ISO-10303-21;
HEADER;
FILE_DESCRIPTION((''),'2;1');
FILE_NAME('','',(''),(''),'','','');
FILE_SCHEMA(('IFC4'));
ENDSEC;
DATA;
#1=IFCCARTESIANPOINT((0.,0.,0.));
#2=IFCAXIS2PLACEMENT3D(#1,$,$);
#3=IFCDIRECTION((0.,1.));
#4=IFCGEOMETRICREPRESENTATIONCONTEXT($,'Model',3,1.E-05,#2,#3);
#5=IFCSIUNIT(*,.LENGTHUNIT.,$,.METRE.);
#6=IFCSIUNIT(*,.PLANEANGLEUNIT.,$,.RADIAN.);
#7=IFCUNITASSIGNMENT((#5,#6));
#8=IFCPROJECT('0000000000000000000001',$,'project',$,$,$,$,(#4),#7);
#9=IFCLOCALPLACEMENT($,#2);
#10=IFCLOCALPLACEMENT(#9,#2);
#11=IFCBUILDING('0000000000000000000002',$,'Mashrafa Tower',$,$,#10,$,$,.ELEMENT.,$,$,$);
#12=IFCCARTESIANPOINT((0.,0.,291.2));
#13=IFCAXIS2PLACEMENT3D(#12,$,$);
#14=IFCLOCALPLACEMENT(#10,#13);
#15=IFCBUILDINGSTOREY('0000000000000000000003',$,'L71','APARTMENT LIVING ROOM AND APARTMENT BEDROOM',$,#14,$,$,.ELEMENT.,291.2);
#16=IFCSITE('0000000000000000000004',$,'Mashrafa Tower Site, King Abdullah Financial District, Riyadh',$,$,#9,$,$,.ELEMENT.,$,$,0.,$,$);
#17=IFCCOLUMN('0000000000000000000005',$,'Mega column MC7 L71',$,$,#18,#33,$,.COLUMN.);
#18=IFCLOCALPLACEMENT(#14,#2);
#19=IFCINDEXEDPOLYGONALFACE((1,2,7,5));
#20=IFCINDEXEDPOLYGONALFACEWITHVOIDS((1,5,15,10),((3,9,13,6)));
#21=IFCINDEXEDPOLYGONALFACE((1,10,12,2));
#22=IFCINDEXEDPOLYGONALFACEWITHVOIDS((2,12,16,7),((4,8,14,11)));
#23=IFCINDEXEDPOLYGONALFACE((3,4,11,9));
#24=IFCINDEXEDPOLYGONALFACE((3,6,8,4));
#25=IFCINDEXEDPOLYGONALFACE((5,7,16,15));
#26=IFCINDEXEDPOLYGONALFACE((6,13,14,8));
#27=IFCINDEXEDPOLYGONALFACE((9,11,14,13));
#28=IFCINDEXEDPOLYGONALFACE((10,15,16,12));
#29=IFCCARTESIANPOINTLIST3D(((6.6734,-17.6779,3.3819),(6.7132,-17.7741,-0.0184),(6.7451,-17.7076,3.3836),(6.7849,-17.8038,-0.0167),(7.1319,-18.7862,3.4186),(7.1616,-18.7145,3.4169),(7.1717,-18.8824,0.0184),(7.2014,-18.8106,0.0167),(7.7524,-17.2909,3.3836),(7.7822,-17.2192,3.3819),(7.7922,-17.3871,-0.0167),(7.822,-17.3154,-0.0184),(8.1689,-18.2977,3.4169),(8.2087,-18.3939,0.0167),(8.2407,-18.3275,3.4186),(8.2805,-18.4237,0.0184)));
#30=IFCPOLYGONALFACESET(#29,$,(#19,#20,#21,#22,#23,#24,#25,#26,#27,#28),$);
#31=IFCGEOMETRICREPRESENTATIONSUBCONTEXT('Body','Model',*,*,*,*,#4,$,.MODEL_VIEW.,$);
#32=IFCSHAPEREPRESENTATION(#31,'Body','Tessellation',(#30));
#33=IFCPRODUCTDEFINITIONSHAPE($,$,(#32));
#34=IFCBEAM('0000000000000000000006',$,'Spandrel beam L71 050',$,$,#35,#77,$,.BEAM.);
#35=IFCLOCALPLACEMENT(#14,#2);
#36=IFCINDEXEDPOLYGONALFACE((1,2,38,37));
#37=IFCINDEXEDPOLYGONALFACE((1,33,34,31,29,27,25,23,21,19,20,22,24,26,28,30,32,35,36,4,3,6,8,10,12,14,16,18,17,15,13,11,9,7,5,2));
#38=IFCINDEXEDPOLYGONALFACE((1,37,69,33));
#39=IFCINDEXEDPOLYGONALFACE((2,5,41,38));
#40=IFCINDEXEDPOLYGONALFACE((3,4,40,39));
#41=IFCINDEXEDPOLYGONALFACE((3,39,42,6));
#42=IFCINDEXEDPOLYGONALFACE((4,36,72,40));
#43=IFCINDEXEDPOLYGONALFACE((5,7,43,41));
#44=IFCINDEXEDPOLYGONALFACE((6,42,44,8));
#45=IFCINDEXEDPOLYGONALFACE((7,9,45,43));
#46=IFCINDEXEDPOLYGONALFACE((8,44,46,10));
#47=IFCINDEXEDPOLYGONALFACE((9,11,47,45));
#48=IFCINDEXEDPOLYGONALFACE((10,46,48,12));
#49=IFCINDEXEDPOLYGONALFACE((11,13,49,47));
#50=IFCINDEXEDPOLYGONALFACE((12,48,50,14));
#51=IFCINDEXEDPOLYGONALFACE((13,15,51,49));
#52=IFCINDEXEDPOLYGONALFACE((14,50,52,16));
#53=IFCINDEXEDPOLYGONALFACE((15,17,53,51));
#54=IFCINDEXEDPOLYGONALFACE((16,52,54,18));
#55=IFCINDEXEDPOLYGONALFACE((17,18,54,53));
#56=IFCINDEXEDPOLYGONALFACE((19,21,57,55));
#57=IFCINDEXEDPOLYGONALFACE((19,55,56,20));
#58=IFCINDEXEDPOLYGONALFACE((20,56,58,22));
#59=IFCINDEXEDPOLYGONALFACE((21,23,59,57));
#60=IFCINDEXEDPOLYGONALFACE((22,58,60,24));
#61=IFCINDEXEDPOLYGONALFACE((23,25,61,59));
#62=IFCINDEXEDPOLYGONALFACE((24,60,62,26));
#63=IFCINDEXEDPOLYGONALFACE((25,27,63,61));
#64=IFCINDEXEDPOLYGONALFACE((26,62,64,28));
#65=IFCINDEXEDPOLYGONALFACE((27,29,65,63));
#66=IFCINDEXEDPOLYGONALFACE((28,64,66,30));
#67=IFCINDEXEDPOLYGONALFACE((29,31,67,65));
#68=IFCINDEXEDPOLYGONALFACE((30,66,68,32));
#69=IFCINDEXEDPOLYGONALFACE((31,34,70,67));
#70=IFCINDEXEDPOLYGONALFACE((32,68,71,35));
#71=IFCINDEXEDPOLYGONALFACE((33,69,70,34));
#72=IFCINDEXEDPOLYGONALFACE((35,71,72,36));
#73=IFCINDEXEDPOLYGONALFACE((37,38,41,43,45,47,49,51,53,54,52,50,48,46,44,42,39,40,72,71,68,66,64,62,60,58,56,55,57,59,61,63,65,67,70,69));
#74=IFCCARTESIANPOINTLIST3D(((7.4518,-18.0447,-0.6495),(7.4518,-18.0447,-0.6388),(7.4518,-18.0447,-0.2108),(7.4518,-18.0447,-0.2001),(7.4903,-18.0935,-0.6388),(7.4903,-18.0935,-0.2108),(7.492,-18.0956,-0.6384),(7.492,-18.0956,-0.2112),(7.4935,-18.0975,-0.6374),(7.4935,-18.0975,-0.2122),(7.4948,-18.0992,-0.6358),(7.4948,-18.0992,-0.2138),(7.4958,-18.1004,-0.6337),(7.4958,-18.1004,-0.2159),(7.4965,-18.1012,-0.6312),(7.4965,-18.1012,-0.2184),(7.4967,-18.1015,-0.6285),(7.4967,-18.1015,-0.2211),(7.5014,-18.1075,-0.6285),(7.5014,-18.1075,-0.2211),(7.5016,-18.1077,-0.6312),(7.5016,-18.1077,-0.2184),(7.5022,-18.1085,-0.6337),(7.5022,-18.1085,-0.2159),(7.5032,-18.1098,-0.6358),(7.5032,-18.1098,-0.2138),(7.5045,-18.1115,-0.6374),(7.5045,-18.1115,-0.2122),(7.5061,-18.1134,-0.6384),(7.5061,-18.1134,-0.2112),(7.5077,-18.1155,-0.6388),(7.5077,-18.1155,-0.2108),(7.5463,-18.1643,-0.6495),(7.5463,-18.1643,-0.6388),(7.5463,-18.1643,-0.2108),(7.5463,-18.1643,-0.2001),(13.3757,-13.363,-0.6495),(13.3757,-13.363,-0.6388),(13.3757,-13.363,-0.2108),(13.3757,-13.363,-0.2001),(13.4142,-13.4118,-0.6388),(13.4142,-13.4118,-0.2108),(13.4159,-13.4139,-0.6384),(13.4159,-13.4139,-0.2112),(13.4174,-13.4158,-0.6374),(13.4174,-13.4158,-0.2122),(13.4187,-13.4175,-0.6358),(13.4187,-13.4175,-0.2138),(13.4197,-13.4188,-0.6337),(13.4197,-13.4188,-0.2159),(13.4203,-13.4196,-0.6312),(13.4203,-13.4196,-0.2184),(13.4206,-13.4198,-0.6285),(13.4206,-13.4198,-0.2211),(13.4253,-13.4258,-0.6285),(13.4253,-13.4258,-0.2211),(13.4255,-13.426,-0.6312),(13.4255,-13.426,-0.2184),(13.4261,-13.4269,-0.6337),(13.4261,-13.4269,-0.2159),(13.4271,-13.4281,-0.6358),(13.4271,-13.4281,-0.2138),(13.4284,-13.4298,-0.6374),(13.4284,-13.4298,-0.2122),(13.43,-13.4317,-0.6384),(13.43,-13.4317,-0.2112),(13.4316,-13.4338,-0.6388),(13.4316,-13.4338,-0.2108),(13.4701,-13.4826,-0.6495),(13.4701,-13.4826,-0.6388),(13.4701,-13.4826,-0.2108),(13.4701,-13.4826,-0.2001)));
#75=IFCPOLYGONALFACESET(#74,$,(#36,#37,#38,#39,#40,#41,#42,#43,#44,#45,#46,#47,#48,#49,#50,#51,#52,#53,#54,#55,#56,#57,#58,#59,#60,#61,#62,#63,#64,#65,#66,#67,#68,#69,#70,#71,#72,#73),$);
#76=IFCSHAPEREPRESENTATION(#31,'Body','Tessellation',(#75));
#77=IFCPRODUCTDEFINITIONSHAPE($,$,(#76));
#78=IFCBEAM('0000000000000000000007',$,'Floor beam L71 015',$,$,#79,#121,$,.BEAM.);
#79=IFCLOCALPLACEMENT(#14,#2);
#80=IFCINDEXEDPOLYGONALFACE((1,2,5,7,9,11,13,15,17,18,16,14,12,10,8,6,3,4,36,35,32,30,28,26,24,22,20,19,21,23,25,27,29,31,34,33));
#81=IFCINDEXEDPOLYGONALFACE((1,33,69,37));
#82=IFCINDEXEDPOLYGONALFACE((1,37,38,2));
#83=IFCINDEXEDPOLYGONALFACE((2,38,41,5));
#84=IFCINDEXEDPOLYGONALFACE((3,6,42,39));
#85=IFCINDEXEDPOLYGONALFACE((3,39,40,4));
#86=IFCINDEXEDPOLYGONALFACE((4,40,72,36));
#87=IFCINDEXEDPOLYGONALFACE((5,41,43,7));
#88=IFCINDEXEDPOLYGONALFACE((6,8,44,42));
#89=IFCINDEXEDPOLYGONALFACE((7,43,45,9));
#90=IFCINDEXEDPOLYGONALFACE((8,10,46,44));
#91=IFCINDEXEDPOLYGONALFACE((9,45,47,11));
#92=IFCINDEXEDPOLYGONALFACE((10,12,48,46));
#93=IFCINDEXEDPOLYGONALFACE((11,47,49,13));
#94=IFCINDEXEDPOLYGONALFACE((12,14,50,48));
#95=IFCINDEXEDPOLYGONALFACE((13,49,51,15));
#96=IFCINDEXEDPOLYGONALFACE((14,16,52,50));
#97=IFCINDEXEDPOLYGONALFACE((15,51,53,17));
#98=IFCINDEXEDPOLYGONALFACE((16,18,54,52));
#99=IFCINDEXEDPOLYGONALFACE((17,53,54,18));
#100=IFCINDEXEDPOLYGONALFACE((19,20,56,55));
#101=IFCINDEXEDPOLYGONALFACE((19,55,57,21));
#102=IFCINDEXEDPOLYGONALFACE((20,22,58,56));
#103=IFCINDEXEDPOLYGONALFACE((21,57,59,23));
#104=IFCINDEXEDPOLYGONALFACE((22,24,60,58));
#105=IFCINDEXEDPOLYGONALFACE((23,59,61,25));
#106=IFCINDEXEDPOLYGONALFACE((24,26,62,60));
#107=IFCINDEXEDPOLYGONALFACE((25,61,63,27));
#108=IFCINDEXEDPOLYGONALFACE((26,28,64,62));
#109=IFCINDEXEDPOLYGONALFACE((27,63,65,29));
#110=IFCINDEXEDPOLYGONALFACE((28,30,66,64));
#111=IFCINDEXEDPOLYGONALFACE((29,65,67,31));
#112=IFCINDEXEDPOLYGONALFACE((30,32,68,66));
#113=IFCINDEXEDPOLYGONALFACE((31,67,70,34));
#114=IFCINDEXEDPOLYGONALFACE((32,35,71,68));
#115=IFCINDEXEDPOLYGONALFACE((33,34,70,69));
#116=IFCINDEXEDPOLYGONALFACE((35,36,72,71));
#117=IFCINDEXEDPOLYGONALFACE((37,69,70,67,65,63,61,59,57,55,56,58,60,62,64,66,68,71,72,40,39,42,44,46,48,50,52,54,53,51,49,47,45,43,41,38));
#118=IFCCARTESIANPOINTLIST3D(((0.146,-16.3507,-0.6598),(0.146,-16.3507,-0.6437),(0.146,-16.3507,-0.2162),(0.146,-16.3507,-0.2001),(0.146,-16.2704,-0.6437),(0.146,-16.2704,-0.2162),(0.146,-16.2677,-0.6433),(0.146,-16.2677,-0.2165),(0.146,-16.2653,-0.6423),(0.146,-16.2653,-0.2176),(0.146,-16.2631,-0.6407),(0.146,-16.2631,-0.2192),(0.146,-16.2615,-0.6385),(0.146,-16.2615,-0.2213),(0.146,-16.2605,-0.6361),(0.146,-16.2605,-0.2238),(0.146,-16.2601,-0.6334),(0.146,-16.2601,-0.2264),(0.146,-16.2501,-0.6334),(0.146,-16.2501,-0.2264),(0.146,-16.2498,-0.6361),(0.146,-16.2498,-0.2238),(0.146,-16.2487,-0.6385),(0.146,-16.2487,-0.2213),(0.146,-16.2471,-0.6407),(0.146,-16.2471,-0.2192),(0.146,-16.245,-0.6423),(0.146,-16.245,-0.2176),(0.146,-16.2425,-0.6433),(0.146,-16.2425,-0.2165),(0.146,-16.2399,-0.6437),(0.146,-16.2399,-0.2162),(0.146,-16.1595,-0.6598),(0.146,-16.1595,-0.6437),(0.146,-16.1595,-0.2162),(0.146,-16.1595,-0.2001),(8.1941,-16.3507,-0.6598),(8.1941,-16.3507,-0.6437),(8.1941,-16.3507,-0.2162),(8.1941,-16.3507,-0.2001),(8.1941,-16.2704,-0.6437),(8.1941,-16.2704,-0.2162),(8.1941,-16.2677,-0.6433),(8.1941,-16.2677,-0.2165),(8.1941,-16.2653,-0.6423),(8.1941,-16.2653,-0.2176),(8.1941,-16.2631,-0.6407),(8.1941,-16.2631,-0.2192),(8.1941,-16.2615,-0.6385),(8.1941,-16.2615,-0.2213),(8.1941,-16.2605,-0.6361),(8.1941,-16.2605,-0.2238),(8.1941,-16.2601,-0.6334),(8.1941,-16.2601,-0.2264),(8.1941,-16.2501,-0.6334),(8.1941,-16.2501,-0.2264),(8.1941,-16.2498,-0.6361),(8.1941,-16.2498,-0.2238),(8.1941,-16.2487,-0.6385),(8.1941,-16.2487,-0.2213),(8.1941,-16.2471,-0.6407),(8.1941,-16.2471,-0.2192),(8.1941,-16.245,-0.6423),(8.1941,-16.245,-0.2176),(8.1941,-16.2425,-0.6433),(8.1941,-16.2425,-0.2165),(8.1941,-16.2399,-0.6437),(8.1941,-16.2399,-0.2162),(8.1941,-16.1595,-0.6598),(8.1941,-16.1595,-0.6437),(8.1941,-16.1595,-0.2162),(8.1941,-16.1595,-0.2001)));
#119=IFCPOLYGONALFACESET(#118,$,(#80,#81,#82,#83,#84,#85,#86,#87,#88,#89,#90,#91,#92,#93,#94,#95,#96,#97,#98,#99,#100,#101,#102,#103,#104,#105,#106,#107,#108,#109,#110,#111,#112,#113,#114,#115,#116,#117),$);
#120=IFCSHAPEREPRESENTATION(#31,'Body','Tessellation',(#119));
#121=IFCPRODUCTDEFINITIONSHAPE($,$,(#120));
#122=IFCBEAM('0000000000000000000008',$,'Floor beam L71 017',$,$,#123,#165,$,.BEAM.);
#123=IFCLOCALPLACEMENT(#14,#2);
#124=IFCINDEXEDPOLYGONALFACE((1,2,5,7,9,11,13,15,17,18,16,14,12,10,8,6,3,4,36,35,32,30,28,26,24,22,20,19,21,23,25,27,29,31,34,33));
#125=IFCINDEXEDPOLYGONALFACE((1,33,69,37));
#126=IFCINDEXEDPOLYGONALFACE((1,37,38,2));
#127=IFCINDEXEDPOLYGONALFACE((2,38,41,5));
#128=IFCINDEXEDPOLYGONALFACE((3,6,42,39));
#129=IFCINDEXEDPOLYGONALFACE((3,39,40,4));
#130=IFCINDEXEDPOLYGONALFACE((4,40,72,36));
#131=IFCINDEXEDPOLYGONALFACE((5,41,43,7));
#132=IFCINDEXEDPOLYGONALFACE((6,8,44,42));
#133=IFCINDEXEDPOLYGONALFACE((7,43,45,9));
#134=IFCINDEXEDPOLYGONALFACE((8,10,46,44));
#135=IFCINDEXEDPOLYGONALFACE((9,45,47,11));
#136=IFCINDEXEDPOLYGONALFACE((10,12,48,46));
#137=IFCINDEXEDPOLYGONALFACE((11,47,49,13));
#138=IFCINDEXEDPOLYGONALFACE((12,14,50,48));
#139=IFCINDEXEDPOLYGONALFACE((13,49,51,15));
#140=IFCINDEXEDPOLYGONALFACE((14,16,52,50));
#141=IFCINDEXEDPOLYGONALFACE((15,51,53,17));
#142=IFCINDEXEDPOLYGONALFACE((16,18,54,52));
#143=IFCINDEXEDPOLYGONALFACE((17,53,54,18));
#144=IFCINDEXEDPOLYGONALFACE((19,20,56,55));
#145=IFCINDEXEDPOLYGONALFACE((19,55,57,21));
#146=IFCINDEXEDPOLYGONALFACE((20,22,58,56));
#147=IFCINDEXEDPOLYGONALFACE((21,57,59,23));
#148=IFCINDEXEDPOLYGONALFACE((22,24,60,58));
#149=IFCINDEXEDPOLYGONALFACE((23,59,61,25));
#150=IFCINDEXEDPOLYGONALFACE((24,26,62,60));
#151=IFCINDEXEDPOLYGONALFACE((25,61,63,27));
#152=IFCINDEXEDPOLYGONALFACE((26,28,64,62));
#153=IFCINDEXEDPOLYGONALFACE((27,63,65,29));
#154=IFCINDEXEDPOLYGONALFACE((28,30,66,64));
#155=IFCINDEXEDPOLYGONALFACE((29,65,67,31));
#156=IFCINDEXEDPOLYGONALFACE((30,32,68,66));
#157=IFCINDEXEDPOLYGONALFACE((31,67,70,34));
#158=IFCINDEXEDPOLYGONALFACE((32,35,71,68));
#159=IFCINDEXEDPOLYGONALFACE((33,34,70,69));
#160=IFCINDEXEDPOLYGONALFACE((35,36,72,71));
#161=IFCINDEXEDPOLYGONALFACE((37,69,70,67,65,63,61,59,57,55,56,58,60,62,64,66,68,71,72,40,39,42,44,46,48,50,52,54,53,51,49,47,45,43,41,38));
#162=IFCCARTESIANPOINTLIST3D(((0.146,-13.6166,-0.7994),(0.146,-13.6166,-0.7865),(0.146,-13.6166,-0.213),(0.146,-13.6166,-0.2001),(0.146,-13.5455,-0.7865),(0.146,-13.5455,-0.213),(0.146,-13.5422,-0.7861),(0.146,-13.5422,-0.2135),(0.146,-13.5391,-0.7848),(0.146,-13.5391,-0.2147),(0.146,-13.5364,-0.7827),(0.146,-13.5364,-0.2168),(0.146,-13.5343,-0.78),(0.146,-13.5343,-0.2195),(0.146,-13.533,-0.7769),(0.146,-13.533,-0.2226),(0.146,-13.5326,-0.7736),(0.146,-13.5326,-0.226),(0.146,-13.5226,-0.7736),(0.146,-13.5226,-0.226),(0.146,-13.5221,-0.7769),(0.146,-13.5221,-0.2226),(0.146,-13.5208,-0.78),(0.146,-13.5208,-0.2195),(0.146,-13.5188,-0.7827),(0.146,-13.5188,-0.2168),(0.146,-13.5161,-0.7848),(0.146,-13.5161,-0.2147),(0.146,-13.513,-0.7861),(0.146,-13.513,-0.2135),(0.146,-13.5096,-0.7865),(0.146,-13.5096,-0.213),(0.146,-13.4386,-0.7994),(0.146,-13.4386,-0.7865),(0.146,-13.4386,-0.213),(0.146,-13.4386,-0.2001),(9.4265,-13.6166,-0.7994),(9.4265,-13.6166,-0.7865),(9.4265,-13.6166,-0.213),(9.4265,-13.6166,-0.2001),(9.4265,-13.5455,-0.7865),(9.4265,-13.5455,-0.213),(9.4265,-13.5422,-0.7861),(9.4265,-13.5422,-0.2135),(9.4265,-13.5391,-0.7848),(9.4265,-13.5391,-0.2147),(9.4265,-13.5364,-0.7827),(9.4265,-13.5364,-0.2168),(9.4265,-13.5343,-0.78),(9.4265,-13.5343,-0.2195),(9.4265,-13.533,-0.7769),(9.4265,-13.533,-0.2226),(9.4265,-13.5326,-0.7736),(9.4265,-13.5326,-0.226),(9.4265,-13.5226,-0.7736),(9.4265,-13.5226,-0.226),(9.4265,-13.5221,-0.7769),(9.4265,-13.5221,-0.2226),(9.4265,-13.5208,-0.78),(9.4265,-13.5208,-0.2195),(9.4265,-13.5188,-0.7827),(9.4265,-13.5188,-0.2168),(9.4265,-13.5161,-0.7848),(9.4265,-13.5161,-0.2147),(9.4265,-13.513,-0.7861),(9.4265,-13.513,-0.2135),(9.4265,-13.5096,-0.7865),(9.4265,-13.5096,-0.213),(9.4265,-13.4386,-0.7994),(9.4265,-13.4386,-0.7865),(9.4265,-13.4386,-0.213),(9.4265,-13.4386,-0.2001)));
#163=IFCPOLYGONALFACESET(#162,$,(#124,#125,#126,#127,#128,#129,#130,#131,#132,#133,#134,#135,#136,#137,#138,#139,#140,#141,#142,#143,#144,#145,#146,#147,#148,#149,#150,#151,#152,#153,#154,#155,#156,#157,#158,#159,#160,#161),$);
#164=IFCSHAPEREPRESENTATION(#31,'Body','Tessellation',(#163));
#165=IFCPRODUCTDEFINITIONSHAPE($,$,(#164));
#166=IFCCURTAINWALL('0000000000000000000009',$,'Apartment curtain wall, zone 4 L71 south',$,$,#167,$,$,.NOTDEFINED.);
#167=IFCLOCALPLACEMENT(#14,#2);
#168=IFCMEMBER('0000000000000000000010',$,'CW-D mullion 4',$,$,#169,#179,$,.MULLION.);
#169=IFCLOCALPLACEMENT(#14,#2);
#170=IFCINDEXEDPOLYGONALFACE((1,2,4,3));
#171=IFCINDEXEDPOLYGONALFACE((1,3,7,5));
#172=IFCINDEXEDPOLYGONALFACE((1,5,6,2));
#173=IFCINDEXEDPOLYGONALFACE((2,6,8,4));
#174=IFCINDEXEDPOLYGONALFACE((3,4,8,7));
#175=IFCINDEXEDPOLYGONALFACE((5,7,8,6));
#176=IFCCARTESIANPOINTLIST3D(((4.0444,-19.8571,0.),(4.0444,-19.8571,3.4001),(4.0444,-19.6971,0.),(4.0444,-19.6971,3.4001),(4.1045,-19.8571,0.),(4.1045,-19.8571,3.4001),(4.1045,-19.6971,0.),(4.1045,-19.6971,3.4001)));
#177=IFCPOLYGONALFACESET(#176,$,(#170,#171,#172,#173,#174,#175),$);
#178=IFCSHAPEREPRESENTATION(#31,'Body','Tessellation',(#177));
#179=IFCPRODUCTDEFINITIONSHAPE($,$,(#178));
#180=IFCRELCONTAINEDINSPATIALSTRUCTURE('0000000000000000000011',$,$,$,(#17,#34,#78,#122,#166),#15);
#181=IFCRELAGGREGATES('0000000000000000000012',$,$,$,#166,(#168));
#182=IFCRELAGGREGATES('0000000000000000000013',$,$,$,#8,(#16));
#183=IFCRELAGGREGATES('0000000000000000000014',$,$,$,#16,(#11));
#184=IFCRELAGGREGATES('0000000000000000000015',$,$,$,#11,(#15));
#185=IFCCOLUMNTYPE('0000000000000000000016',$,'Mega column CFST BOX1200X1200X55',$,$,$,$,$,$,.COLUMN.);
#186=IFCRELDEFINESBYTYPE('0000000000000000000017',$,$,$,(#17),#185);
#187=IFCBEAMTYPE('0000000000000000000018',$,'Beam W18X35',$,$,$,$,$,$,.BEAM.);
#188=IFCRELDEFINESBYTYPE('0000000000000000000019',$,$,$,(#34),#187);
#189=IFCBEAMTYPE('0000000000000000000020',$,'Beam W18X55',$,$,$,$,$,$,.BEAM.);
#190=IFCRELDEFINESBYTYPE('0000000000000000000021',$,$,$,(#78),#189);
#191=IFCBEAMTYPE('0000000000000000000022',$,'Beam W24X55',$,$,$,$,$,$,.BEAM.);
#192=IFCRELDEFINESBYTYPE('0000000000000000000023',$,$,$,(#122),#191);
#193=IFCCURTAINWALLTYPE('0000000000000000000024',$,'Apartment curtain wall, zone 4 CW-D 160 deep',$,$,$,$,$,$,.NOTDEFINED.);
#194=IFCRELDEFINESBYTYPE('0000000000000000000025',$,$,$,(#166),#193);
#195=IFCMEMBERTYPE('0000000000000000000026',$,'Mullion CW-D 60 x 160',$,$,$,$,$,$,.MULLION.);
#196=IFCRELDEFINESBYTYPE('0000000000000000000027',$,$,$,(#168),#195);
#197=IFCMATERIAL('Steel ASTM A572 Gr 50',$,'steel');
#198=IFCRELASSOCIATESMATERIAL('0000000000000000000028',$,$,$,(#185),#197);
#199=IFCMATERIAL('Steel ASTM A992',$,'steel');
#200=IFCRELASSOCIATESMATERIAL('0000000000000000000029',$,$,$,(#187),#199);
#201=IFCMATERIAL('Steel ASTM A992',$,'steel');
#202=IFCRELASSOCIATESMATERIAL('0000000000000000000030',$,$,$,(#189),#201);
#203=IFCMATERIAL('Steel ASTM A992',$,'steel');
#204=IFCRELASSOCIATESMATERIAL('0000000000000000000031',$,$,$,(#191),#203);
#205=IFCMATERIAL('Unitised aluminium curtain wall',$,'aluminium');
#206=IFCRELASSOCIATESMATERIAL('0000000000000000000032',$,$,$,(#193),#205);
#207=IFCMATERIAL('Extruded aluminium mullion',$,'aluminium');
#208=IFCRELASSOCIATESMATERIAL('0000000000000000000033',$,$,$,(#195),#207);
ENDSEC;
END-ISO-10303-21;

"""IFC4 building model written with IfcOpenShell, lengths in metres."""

from ifc_helpers import new_model, si_unit, direction, frame, origin, origin_2d, place, context, subcontext, project, spatial, rectangle, hollow_rectangle, i_section, extrude, source, transform, mapped, material, material_profile, profile_set, type_object, type_shapes, element, aggregate, save


model = new_model("IFC4")

# Units and contexts
model_context = context("Model", 3, precision=1e-05, world=origin(), true_north=direction((0.0, 1.0)))
body_context = subcontext(model_context, "Body", "Model", "MODEL_VIEW")
ifc_project = project(units=[si_unit("LENGTHUNIT", "METRE"), si_unit("PLANEANGLEUNIT", "RADIAN")], contexts=[model_context])

# Site, building, storey
site_placement = place(None, origin())
site = spatial("IfcSite", under=ifc_project, at=site_placement, Name="Mashrafa Tower Site, King Abdullah Financial District, Riyadh", CompositionType="ELEMENT", RefElevation=0.0)
building_placement = place(site_placement, origin())
building = spatial("IfcBuilding", under=site, at=building_placement, Name="Mashrafa Tower", CompositionType="ELEMENT")
storey_placement = place(building_placement, frame((0.0, 0.0, 291.2)))
storey = spatial("IfcBuildingStorey", under=building, at=storey_placement, Name="L71", Description="APARTMENT LIVING ROOM AND APARTMENT BEDROOM", CompositionType="ELEMENT", Elevation=291.2)

# Column
ifc_material_1 = material(Name="Steel ASTM A572 Gr 50", Category="steel")
ifc_material_profile_1 = material_profile(ifc_material_1, hollow_rectangle(XDim=1.2, YDim=1.2, WallThickness=0.0549, at=origin_2d()), Name="BOX1200X1200X55")
ifc_profile_set_1 = profile_set([ifc_material_profile_1], Name="Steel ASTM A572 Gr 50")
column_type = type_object("IfcColumnType", Name="Mega column CFST BOX1200X1200X55", PredefinedType="COLUMN", material=ifc_profile_set_1)
column_placement = place(storey_placement, frame((7.4968, -18.0989, 0.0), z_axis=(-0.011698, 0.028277, 0.999532), x_axis=(-0.924045, -0.382283, 0.0)))
element("IfcColumn", 1, at=column_placement, inside=storey, type_object=column_type, Name="Mega column MC7 L71", PredefinedType="COLUMN", context=body_context, shape_type="SweptSolid", body=[
    extrude(hollow_rectangle(XDim=1.2, YDim=1.2, WallThickness=0.0549, at=origin_2d()), origin(), (0.0, 0.0, 1.0), 3.4019),
])

# Beams
ifc_material_2 = material(Name="Steel ASTM A992", Category="steel")
ifc_material_profile_2 = material_profile(ifc_material_2, i_section(OverallWidth=0.1523, OverallDepth=0.4495, WebThickness=0.0076, FlangeThickness=0.0107, FilletRadius=0.0103, at=origin_2d()), Name="W18X35")
ifc_profile_set_2 = profile_set([ifc_material_profile_2], Name="Steel ASTM A992")
beam_type_1 = type_object("IfcBeamType", Name="Beam W18X35", PredefinedType="BEAM", material=ifc_profile_set_2)
beam_1_placement = place(storey_placement, frame((7.499, -18.1045, -0.4248), z_axis=(0.784565, 0.620047, 0.0), x_axis=(-0.620047, 0.784565, 0.0)))
element("IfcBeam", 2, at=beam_1_placement, inside=storey, type_object=beam_type_1, Name="Spandrel beam L71 050", PredefinedType="BEAM", context=body_context, shape_type="SweptSolid", body=[
    extrude(i_section(OverallWidth=0.1523, OverallDepth=0.4495, WebThickness=0.0076, FlangeThickness=0.0107, FilletRadius=0.0103, at=origin_2d()), origin(), (0.0, 0.0, 1.0), 7.5505),
])
ifc_material_3 = material(Name="Steel ASTM A992", Category="steel")
ifc_material_profile_3 = material_profile(ifc_material_3, i_section(OverallWidth=0.1912, OverallDepth=0.4597, WebThickness=0.01, FlangeThickness=0.0161, FilletRadius=0.0103, at=origin_2d()), Name="W18X55")
ifc_profile_set_3 = profile_set([ifc_material_profile_3], Name="Steel ASTM A992")
beam_type_2 = type_object("IfcBeamType", Name="Beam W18X55", PredefinedType="BEAM", material=ifc_profile_set_3)
beam_2_placement = place(storey_placement, frame((8.1941, -16.2551, -0.4299), z_axis=(-1.0, 0.0, 0.0), x_axis=(0.0, -1.0, 0.0)))
element("IfcBeam", 3, at=beam_2_placement, inside=storey, type_object=beam_type_2, Name="Floor beam L71 015", PredefinedType="BEAM", context=body_context, shape_type="SweptSolid", body=[
    extrude(i_section(OverallWidth=0.1912, OverallDepth=0.4597, WebThickness=0.01, FlangeThickness=0.0161, FilletRadius=0.0103, at=origin_2d()), origin(), (0.0, 0.0, 1.0), 8.0481),
])
ifc_material_4 = material(Name="Steel ASTM A992", Category="steel")
ifc_material_profile_4 = material_profile(ifc_material_4, i_section(OverallWidth=0.178, OverallDepth=0.5994, WebThickness=0.01, FlangeThickness=0.0129, FilletRadius=0.0129, at=origin_2d()), Name="W24X55")
ifc_profile_set_4 = profile_set([ifc_material_profile_4], Name="Steel ASTM A992")
beam_type_3 = type_object("IfcBeamType", Name="Beam W24X55", PredefinedType="BEAM", material=ifc_profile_set_4)
beam_3_placement = place(storey_placement, frame((9.4265, -13.5276, -0.4998), z_axis=(-1.0, 0.0, 0.0), x_axis=(0.0, -1.0, 0.0)))
element("IfcBeam", 4, at=beam_3_placement, inside=storey, type_object=beam_type_3, Name="Floor beam L71 017", PredefinedType="BEAM", context=body_context, shape_type="SweptSolid", body=[
    extrude(i_section(OverallWidth=0.178, OverallDepth=0.5994, WebThickness=0.01, FlangeThickness=0.0129, FilletRadius=0.0129, at=origin_2d()), origin(), (0.0, 0.0, 1.0), 9.2805),
])

# Curtain wall, member
ifc_material_5 = material(Name="Unitised aluminium curtain wall", Category="aluminium")
curtain_wall_type = type_object("IfcCurtainWallType", Name="Apartment curtain wall, zone 4 CW-D 160 deep", PredefinedType="NOTDEFINED", material=ifc_material_5)
curtain_wall_1_placement = place(storey_placement, origin())
curtain_wall_1 = element("IfcCurtainWall", 5, at=curtain_wall_1_placement, inside=storey, type_object=curtain_wall_type, Name="Apartment curtain wall, zone 4 L71 south", PredefinedType="NOTDEFINED")
ifc_material_6 = material(Name="Extruded aluminium mullion", Category="aluminium")
ifc_material_profile_5 = material_profile(ifc_material_6, rectangle(XDim=0.1599, YDim=0.0601, at=origin_2d()), Name="Mullion 60x160")
ifc_profile_set_5 = profile_set([ifc_material_profile_5], Name="Extruded aluminium mullion")
member_type_1 = type_object("IfcMemberType", Name="Mullion CW-D 60 x 160", PredefinedType="MULLION", material=ifc_profile_set_5)
shared_shape_1 = source(origin(), body_context, "Body", "SweptSolid", [
    extrude(rectangle(XDim=0.1599, YDim=0.0601, at=origin_2d()), origin(), (0.0, 0.0, 1.0), 3.4001),
])
type_shapes(member_type_1, [shared_shape_1])
member_1_placement = place(storey_placement, frame((4.0745, -19.7771, 0.0), z_axis=(0.0, 0.0, 1.0), x_axis=(0.0, 1.0, 0.0)))
member_1 = element("IfcMember", 6, at=member_1_placement, type_object=member_type_1, Name="CW-D mullion 4", PredefinedType="MULLION", context=body_context, shape_type="MappedRepresentation", body=[
    mapped(shared_shape_1, transform((0.0, 0.0, 0.0))),
])

aggregate(curtain_wall_1, [member_1])

save(model, "model.ifc")
